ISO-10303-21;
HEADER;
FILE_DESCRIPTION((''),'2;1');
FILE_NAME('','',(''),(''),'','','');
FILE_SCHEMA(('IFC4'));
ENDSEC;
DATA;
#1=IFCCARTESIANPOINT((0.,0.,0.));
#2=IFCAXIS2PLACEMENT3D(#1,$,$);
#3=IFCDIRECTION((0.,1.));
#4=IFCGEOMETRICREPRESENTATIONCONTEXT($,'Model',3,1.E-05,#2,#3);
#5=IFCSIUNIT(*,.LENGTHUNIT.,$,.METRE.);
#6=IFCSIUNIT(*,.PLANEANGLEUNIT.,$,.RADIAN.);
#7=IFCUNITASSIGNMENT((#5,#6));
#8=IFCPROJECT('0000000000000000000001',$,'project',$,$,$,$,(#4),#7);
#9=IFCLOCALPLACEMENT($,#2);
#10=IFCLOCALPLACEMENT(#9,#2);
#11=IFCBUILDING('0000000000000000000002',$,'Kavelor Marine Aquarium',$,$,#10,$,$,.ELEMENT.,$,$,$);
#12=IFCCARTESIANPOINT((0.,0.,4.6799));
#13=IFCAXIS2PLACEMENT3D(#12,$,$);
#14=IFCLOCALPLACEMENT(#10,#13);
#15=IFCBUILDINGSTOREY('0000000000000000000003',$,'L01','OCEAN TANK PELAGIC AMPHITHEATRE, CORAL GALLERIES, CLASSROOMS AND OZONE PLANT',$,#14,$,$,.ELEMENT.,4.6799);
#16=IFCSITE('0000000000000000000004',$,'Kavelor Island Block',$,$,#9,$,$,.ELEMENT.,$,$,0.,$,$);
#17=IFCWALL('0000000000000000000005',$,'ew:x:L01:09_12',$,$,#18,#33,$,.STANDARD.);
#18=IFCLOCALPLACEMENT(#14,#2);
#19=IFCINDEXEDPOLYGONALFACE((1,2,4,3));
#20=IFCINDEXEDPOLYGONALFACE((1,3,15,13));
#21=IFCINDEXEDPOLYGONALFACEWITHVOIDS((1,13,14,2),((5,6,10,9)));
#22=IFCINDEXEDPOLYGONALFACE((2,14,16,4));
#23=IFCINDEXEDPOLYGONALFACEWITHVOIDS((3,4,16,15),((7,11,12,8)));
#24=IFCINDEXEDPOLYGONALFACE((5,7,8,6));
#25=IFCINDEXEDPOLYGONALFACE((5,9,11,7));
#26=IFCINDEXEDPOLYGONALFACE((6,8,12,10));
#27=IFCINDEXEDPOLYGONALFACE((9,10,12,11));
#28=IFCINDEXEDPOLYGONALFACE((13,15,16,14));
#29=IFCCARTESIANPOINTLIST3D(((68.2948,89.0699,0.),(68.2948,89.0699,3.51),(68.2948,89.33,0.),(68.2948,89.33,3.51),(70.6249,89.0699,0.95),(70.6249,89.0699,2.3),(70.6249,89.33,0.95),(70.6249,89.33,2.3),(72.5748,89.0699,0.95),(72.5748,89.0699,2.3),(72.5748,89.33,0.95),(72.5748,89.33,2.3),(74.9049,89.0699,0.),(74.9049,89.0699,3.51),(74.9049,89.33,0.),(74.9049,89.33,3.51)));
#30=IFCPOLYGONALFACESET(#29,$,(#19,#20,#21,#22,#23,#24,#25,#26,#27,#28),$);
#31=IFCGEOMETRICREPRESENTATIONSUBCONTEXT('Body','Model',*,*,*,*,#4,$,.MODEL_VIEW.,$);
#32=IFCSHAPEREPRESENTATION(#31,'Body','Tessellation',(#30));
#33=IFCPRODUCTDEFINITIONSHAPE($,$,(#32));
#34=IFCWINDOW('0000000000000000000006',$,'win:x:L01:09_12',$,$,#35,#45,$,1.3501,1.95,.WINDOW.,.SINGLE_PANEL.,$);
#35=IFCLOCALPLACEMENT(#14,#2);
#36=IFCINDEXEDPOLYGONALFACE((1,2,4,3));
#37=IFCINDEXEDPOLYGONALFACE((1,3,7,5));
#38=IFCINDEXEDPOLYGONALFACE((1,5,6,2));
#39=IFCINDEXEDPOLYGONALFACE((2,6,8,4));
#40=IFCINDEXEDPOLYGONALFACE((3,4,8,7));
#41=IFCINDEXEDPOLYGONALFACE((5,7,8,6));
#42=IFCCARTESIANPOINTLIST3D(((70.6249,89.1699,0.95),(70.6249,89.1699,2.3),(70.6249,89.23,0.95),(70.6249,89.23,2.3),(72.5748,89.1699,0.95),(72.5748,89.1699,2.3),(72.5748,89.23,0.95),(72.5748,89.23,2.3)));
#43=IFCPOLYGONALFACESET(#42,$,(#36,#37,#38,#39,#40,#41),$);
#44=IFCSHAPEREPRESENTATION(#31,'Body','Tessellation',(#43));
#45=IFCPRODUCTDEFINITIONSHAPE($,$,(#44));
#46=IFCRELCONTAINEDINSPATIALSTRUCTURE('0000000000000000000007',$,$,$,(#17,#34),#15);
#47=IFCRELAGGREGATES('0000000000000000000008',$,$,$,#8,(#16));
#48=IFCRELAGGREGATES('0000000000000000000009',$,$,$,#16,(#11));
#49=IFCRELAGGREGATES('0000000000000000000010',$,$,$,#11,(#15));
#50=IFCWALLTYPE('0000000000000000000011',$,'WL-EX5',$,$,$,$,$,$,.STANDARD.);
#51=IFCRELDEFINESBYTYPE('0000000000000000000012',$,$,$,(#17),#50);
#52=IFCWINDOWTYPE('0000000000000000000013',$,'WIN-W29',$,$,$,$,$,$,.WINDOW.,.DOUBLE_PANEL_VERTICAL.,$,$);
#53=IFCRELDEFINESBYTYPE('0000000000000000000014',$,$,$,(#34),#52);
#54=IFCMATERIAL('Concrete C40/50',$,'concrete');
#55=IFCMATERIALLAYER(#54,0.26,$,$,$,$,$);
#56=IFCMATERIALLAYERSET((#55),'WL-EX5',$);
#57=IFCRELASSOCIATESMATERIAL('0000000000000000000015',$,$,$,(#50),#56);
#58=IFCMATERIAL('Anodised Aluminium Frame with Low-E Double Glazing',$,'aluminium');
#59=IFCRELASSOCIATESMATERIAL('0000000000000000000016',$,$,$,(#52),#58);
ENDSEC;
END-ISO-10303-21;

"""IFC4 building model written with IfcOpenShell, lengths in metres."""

from ifc_helpers import new_model, si_unit, direction, frame, frame_2d, origin, place, context, subcontext, project, spatial, rectangle, extrude, material, layer, layer_set, type_object, element, fill, save


model = new_model("IFC4")

# Units and contexts
model_context = context("Model", 3, precision=1e-05, world=origin(), true_north=direction((0.0, 1.0)))
body_context = subcontext(model_context, "Body", "Model", "MODEL_VIEW")
ifc_project = project(units=[si_unit("LENGTHUNIT", "METRE"), si_unit("PLANEANGLEUNIT", "RADIAN")], contexts=[model_context])

# Site, building, storey
site_placement = place(None, origin())
site = spatial("IfcSite", under=ifc_project, at=site_placement, Name="Kavelor Island Block", CompositionType="ELEMENT", RefElevation=0.0)
building_placement = place(site_placement, origin())
building = spatial("IfcBuilding", under=site, at=building_placement, Name="Kavelor Marine Aquarium", CompositionType="ELEMENT")
storey_placement = place(building_placement, frame((0.0, 0.0, 4.6799)))
storey = spatial("IfcBuildingStorey", under=building, at=storey_placement, Name="L01", Description="OCEAN TANK PELAGIC AMPHITHEATRE, CORAL GALLERIES, CLASSROOMS AND OZONE PLANT", CompositionType="ELEMENT", Elevation=4.6799)

# Wall, opening, window
ifc_material_1 = material(Name="Concrete C40/50", Category="concrete")
ifc_layer_1 = layer(ifc_material_1, 0.26)
ifc_layer_set_1 = layer_set([ifc_layer_1], Name="WL-EX5")
wall_type = type_object("IfcWallType", Name="WL-EX5", PredefinedType="STANDARD", material=ifc_layer_set_1)
wall_placement = place(storey_placement, frame((74.905, 89.2, 0.0), z_axis=(0.0, 0.0, 1.0), x_axis=(-1.0, 0.0, 0.0)))
wall = element("IfcWall", 1, at=wall_placement, inside=storey, type_object=wall_type, Name="ew:x:L01:09_12", PredefinedType="STANDARD", context=body_context, shape_type="SweptSolid", body=[
    extrude(rectangle(XDim=6.6101, YDim=0.26, at=frame_2d((3.3052, 0.0))), origin(), (0.0, 0.0, 1.0), 3.51),
])
opening_placement = place(wall_placement, frame((2.3301, 0.0, 0.95)))
opening = element("IfcOpeningElement", 2, at=opening_placement, cuts=wall, PredefinedType="OPENING", context=body_context, shape_type="SweptSolid", body=[
    extrude(rectangle(XDim=1.95, YDim=1.3501, at=frame_2d((0.9751, 0.675))), frame((0.0, 0.1399, 0.0), z_axis=(0.0, -1.0, 0.0), x_axis=(1.0, 0.0, 0.0)), (0.0, 0.0, 1.0), 0.28),
])
ifc_material_2 = material(Name="Anodised Aluminium Frame with Low-E Double Glazing", Category="aluminium")
window_type = type_object("IfcWindowType", Name="WIN-W29", PartitioningType="DOUBLE_PANEL_VERTICAL", PredefinedType="WINDOW", material=ifc_material_2)
window_placement = place(opening_placement, origin())
window = element("IfcWindow", 3, at=window_placement, inside=storey, type_object=window_type, Name="win:x:L01:09_12", OverallHeight=1.3501, OverallWidth=1.95, PartitioningType="SINGLE_PANEL", PredefinedType="WINDOW", context=body_context, shape_type="SweptSolid", body=[
    extrude(rectangle(XDim=1.95, YDim=1.3501, at=frame_2d((0.9751, 0.675))), frame((0.0, 0.03, 0.0), z_axis=(0.0, -1.0, 0.0), x_axis=(1.0, 0.0, 0.0)), (0.0, 0.0, 1.0), 0.0601),
])
fill(opening, window)

save(model, "model.ifc")
